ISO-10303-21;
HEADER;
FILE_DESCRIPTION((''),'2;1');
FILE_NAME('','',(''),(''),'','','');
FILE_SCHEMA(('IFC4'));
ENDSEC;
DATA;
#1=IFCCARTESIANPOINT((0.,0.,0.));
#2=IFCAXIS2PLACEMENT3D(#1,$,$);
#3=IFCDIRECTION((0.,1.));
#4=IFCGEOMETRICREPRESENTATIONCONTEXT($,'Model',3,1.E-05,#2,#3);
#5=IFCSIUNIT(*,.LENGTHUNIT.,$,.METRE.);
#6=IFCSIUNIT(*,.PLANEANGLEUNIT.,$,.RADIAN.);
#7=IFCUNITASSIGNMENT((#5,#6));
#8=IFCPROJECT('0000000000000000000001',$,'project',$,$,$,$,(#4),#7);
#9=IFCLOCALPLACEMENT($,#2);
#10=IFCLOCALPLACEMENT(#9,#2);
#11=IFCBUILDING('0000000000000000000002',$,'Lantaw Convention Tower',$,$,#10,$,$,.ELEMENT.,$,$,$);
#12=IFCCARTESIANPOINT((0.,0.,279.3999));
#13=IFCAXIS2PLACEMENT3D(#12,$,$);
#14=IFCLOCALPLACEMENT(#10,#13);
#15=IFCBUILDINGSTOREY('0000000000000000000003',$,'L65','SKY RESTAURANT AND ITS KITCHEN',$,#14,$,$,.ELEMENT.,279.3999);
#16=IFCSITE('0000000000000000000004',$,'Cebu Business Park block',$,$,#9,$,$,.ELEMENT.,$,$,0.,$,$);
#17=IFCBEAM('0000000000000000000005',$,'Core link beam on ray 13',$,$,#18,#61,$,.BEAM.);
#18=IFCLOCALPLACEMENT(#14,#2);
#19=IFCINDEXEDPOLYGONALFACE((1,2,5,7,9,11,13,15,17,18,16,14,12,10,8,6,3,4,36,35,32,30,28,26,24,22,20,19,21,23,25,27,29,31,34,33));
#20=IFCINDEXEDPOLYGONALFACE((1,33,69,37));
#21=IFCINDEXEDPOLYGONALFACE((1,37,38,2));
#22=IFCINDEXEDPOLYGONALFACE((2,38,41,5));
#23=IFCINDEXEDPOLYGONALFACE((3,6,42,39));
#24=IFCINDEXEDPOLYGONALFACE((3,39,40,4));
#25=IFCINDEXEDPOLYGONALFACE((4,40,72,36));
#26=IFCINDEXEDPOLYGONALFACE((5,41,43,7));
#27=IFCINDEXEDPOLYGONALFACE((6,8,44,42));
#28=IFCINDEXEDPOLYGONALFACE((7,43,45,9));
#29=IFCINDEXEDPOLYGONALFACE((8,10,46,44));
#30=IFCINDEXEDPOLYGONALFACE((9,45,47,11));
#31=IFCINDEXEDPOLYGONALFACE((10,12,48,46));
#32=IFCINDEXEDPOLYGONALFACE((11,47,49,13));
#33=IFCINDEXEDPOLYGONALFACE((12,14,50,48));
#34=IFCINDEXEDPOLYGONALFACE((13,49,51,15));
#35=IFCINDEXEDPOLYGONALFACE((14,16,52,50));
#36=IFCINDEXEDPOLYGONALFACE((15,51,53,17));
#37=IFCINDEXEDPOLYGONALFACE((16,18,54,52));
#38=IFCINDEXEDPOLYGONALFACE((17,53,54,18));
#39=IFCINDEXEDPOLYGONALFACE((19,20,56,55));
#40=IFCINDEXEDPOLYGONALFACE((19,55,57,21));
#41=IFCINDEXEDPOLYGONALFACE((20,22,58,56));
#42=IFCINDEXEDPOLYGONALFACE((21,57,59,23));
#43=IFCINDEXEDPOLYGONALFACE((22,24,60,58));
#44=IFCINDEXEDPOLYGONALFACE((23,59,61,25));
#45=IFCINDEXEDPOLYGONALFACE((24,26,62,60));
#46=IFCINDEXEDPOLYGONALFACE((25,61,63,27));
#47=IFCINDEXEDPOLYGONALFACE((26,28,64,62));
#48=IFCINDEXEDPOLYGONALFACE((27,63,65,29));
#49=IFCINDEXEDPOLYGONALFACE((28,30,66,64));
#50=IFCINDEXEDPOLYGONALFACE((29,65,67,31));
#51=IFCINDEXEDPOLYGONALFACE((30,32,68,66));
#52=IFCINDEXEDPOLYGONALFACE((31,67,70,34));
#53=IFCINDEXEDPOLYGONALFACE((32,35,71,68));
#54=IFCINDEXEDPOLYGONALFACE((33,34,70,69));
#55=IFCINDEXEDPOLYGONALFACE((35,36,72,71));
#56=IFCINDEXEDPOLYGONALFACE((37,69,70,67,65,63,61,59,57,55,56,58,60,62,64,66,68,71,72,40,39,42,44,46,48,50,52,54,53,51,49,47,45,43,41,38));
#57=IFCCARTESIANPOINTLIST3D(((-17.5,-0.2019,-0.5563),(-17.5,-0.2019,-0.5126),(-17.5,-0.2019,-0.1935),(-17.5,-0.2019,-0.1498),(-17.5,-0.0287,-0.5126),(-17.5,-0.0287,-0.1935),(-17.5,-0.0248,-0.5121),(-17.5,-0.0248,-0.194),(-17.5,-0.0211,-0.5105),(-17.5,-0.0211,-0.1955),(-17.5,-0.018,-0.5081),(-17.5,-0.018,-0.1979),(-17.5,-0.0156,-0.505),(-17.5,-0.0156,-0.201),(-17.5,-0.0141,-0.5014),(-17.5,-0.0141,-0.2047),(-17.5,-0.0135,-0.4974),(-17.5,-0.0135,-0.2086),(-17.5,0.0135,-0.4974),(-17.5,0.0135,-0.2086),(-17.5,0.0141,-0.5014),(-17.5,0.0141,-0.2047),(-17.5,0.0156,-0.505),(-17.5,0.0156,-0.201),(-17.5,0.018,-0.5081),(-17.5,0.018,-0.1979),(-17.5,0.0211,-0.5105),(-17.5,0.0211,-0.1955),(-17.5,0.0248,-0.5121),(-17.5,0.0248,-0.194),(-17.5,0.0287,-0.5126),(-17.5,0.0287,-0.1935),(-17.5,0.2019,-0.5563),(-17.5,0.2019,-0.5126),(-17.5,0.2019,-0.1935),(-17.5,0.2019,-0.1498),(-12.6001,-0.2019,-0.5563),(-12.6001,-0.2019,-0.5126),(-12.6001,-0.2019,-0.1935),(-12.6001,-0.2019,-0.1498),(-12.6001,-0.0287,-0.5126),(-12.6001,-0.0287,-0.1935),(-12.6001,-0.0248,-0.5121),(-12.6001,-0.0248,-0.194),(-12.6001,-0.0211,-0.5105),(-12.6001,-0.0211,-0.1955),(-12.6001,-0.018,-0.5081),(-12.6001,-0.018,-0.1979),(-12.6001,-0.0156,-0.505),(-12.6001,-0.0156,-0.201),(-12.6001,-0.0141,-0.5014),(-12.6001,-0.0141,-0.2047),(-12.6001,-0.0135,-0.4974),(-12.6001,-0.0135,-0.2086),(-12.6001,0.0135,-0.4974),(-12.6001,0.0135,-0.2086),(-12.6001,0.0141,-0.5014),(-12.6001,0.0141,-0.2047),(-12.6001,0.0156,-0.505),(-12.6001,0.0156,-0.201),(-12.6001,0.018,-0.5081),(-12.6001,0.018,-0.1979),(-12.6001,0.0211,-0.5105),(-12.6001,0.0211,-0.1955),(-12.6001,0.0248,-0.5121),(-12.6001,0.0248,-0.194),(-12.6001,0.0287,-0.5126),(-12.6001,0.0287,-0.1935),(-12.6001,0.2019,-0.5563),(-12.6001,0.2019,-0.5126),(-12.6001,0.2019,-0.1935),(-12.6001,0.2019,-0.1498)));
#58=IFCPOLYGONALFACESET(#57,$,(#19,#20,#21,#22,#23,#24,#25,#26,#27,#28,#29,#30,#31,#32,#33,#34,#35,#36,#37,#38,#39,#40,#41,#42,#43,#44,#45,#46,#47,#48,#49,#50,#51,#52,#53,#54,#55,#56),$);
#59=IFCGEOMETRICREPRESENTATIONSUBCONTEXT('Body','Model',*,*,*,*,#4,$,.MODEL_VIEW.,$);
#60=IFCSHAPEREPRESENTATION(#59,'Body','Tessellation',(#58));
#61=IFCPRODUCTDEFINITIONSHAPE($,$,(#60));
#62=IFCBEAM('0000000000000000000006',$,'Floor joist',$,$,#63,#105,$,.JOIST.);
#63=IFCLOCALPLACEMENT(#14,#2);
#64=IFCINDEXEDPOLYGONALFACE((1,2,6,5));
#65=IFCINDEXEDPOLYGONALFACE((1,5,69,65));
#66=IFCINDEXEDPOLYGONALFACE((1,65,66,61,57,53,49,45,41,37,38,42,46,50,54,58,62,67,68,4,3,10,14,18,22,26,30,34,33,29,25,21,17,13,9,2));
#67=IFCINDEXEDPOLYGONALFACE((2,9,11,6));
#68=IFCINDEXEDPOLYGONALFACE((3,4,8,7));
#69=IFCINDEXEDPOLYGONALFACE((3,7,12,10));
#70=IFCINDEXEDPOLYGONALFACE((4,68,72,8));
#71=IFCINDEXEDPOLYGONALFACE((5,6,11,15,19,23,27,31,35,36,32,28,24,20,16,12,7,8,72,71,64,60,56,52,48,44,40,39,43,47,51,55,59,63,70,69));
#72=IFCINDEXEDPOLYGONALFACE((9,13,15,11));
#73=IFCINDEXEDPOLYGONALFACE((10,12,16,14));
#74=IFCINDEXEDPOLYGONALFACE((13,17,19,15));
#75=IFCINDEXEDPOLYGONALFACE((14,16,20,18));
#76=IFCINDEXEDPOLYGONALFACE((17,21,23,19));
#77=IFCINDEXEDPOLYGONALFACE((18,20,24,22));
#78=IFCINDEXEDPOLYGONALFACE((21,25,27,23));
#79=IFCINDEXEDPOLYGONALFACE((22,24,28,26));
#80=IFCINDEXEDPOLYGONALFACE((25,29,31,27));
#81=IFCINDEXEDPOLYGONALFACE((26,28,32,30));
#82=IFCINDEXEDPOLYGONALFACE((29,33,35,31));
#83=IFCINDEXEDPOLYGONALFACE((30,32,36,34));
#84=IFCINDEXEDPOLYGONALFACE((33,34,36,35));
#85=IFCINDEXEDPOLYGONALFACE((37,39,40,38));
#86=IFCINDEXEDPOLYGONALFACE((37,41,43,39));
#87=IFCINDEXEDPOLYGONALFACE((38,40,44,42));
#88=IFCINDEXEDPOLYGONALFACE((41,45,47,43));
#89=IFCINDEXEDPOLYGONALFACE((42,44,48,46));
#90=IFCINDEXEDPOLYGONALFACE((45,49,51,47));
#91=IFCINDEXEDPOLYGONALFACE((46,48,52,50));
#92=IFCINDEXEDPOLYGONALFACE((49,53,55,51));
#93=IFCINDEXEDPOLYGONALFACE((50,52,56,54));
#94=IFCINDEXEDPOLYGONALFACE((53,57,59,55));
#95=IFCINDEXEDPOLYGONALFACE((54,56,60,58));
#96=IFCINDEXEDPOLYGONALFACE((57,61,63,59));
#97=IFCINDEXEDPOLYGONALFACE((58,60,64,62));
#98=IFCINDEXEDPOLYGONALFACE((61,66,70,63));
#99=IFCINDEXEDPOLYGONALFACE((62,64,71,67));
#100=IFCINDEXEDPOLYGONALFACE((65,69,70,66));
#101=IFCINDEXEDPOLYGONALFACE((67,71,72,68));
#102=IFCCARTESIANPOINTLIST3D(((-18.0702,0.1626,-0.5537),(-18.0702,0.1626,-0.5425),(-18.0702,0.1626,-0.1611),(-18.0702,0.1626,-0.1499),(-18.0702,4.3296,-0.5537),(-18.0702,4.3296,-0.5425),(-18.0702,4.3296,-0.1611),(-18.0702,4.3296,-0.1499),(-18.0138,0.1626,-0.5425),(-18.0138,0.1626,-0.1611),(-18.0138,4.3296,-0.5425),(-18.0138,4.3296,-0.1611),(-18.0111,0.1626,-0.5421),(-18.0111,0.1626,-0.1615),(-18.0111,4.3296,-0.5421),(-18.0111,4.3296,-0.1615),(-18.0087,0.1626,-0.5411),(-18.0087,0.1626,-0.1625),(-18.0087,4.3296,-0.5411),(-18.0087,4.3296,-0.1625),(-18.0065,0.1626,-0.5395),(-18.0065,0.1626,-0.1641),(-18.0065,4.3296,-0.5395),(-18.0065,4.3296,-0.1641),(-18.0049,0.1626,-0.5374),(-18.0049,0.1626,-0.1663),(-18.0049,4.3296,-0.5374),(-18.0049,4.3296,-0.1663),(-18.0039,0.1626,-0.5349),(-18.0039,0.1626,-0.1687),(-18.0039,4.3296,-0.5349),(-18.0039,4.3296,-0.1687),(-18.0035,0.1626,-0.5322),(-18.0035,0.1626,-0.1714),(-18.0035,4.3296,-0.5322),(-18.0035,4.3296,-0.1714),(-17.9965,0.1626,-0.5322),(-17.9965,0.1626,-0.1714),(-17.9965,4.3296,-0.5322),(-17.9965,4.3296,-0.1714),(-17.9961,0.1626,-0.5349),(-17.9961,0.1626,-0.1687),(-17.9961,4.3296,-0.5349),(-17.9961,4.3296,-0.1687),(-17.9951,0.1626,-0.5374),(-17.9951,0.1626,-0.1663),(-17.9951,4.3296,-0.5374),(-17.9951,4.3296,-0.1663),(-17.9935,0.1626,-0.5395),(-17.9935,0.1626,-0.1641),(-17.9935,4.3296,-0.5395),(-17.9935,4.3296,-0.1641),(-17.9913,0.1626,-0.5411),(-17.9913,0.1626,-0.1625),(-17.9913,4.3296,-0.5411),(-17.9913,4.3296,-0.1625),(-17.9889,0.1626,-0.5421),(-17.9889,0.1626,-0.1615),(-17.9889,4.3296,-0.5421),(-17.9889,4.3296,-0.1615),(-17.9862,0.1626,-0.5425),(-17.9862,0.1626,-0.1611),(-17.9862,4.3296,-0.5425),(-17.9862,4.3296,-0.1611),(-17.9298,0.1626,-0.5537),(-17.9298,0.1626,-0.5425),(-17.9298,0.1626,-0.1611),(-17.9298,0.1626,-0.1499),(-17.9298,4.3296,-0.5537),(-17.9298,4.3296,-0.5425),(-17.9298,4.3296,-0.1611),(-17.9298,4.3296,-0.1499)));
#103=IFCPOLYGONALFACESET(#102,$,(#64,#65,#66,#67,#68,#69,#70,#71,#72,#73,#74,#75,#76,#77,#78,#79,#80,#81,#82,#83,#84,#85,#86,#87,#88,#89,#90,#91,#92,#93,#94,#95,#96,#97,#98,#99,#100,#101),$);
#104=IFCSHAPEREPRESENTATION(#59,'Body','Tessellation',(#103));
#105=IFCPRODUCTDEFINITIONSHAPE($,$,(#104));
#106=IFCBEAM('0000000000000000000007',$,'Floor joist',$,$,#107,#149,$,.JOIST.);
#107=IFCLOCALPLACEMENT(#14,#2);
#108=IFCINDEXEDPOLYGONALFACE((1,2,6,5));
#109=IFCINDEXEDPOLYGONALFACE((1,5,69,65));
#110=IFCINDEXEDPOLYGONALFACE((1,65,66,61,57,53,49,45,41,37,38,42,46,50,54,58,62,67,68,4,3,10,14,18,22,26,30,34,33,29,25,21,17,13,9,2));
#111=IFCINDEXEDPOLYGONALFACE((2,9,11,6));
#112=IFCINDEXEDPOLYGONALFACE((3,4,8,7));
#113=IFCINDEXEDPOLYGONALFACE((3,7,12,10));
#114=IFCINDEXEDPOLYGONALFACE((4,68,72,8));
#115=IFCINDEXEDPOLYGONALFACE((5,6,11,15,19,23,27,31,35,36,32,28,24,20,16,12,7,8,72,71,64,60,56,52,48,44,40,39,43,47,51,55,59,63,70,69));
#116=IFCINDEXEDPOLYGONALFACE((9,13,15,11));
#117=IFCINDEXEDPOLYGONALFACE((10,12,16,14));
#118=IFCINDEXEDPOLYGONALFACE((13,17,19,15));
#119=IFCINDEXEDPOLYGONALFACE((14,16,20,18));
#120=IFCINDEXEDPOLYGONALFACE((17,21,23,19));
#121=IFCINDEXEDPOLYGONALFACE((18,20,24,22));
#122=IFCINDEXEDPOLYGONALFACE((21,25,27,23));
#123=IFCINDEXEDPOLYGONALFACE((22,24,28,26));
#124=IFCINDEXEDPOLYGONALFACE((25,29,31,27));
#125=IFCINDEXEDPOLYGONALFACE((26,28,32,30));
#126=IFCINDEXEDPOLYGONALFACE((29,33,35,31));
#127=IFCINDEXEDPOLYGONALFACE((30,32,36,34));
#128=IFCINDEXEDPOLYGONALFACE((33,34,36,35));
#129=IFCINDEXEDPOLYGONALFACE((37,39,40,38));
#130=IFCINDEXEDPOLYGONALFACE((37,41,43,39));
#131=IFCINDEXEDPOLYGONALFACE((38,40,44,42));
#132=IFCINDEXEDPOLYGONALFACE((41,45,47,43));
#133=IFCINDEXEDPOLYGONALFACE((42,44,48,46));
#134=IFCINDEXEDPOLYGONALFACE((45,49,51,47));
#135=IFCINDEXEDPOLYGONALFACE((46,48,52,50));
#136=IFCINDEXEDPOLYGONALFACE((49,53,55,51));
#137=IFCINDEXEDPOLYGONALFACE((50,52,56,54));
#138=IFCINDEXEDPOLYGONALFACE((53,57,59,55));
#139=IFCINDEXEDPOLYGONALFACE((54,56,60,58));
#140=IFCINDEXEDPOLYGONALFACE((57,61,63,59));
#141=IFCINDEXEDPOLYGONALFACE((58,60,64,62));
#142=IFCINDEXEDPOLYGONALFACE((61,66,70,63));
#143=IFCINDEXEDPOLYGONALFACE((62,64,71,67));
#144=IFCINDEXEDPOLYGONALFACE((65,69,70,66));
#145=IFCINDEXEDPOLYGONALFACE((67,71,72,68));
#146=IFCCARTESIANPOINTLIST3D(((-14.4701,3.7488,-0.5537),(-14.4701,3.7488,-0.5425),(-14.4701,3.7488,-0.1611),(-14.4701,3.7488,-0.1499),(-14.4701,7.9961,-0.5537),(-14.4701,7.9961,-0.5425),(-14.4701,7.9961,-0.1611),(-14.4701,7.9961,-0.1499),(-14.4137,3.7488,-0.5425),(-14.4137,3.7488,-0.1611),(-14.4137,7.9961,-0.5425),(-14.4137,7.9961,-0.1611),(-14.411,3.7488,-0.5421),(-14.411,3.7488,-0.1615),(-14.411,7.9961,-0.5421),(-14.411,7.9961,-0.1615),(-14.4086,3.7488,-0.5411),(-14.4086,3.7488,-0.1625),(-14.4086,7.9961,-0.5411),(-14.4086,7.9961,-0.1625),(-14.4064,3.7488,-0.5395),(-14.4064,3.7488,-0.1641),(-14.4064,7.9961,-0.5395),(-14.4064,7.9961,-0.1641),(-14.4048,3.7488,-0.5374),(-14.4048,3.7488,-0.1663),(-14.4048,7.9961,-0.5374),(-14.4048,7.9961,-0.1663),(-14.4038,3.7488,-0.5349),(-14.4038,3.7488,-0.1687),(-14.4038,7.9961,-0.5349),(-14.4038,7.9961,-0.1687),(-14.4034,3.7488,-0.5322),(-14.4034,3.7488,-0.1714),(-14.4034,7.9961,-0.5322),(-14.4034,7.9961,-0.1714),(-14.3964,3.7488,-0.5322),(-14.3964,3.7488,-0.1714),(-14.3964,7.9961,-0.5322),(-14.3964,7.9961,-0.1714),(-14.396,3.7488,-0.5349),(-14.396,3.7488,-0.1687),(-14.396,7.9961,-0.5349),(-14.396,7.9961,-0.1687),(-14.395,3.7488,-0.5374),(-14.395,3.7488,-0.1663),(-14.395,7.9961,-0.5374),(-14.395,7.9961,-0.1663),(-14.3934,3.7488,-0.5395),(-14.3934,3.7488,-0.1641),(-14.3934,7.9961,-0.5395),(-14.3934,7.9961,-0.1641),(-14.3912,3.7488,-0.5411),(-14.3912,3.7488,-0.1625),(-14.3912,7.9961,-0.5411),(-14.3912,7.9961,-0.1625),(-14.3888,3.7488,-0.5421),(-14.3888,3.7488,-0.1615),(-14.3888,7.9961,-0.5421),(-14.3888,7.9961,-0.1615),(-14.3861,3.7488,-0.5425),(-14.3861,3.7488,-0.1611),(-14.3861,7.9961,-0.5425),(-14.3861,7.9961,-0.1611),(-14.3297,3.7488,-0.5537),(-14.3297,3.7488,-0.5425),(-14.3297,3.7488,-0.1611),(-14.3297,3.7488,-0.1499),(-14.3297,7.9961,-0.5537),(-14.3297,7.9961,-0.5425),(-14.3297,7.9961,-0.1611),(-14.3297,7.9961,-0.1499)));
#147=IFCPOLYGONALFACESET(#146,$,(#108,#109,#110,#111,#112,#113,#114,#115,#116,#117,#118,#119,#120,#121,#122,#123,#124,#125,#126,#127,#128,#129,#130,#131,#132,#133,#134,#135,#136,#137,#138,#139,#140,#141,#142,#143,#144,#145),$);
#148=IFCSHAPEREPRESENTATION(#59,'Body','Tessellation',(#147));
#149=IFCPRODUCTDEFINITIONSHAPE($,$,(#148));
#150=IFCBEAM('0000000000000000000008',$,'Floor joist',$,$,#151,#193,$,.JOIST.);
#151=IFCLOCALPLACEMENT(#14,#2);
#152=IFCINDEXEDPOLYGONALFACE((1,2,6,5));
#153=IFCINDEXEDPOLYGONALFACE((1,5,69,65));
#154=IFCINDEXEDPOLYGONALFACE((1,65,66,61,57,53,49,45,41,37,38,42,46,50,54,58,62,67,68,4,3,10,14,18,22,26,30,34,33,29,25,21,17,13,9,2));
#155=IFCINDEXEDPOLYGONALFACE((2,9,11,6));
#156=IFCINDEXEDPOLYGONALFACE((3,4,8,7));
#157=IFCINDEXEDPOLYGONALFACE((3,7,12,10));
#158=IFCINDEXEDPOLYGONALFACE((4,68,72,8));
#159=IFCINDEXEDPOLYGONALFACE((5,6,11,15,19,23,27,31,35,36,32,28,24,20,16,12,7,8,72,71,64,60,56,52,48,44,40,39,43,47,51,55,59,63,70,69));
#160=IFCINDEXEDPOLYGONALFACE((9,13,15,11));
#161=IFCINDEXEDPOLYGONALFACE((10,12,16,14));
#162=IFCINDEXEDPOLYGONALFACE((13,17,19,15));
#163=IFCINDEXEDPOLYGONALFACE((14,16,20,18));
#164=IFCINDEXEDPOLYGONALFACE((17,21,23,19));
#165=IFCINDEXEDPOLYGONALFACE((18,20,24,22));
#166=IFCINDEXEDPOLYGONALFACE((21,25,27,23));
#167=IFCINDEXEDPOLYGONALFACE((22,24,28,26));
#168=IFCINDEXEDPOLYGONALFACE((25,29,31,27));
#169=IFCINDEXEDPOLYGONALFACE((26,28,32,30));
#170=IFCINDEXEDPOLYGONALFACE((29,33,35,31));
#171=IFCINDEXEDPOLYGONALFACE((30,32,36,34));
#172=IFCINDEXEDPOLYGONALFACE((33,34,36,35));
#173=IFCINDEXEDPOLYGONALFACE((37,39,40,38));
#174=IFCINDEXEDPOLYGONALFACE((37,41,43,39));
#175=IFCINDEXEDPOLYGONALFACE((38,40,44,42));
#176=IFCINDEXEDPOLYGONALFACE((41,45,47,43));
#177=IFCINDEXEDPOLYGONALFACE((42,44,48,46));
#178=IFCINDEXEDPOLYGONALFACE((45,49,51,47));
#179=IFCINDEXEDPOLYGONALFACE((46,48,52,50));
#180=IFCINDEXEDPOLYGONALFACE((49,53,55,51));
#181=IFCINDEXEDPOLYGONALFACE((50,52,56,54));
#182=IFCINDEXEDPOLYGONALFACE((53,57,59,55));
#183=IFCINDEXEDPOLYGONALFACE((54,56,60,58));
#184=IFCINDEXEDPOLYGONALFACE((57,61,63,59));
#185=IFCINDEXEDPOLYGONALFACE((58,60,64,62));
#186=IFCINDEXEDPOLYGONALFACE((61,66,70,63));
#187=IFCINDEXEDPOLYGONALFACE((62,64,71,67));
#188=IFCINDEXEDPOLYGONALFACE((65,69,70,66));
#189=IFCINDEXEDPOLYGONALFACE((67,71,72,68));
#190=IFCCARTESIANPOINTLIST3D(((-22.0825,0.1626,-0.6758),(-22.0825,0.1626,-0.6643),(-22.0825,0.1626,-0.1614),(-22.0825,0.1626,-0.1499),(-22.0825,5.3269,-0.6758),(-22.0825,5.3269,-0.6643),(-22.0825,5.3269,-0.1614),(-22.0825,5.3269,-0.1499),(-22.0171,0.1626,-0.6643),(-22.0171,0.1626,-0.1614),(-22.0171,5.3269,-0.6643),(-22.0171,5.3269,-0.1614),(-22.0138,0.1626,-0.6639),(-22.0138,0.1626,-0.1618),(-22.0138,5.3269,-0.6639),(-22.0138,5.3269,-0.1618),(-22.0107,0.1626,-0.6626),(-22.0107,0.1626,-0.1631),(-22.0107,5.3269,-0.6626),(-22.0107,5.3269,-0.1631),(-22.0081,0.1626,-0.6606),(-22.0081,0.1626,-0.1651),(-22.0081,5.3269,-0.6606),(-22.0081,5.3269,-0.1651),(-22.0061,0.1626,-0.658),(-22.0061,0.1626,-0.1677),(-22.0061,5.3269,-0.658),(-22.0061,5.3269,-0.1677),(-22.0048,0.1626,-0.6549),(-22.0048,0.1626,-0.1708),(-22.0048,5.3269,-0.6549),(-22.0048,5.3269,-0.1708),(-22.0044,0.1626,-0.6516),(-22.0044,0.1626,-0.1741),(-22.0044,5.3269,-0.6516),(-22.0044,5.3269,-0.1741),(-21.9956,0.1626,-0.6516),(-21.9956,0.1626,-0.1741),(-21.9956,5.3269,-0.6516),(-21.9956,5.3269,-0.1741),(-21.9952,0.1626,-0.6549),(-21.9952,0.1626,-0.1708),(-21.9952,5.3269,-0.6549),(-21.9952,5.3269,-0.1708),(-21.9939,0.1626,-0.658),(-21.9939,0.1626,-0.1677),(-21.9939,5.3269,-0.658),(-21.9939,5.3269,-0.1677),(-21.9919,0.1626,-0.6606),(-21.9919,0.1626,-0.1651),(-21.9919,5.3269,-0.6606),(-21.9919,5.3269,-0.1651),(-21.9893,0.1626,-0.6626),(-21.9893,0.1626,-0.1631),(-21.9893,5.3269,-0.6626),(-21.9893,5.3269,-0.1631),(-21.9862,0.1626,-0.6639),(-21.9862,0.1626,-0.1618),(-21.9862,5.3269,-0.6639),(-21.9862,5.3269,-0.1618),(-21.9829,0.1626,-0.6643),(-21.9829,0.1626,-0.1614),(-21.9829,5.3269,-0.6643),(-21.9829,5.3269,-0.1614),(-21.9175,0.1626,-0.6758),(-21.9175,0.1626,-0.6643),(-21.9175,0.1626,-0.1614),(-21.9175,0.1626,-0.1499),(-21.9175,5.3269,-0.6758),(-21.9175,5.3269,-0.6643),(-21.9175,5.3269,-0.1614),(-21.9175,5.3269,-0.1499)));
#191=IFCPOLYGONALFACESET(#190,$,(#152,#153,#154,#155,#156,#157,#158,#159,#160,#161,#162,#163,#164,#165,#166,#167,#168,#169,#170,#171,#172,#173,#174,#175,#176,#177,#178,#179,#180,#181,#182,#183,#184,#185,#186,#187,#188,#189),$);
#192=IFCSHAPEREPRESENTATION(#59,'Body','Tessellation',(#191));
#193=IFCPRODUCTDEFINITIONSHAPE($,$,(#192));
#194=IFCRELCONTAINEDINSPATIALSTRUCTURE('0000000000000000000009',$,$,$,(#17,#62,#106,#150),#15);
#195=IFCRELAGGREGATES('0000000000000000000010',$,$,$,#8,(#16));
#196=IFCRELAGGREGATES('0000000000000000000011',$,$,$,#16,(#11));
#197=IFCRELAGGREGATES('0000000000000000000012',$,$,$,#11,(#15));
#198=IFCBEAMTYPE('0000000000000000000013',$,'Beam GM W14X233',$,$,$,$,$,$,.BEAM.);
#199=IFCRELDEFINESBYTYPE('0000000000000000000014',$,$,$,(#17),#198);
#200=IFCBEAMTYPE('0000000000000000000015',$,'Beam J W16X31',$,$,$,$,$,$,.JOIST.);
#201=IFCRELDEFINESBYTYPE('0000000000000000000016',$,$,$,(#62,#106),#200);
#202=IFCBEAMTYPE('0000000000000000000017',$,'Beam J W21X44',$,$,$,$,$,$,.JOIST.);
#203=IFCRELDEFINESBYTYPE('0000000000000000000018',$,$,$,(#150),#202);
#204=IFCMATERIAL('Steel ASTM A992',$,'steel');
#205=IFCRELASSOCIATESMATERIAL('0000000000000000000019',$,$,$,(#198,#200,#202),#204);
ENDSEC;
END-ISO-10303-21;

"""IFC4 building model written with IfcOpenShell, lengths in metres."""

from ifc_helpers import new_model, si_unit, direction, frame, origin, origin_2d, place, context, subcontext, project, spatial, i_section, extrude, material, material_profile, profile_set, type_object, element, save


model = new_model("IFC4")

# Units and contexts
model_context = context("Model", 3, precision=1e-05, world=origin(), true_north=direction((0.0, 1.0)))
body_context = subcontext(model_context, "Body", "Model", "MODEL_VIEW")
ifc_project = project(units=[si_unit("LENGTHUNIT", "METRE"), si_unit("PLANEANGLEUNIT", "RADIAN")], contexts=[model_context])

# Site, building, storey
site_placement = place(None, origin())
site = spatial("IfcSite", under=ifc_project, at=site_placement, Name="Cebu Business Park block", CompositionType="ELEMENT", RefElevation=0.0)
building_placement = place(site_placement, origin())
building = spatial("IfcBuilding", under=site, at=building_placement, Name="Lantaw Convention Tower", CompositionType="ELEMENT")
storey_placement = place(building_placement, frame((0.0, 0.0, 279.3999)))
storey = spatial("IfcBuildingStorey", under=building, at=storey_placement, Name="L65", Description="SKY RESTAURANT AND ITS KITCHEN", CompositionType="ELEMENT", Elevation=279.3999)

# Beams
ifc_material_1 = material(Name="Steel ASTM A992", Category="steel")
ifc_material_profile_1 = material_profile(ifc_material_1, i_section(OverallWidth=0.4038, OverallDepth=0.4065, WebThickness=0.0271, FlangeThickness=0.0437, FilletRadius=0.0151, at=origin_2d()), Name="W14X233")
ifc_profile_set_1 = profile_set([ifc_material_profile_1], Name="Steel ASTM A992")
beam_type_1 = type_object("IfcBeamType", Name="Beam GM W14X233", PredefinedType="BEAM", material=ifc_profile_set_1)
beam_1_placement = place(storey_placement, frame((-12.6001, 0.0, -0.353), z_axis=(-1.0, 0.0, 0.0), x_axis=(0.0, -1.0, 0.0)))
element("IfcBeam", 1, at=beam_1_placement, inside=storey, type_object=beam_type_1, Name="Core link beam on ray 13", PredefinedType="BEAM", context=body_context, shape_type="SweptSolid", body=[
    extrude(i_section(OverallWidth=0.4038, OverallDepth=0.4065, WebThickness=0.0271, FlangeThickness=0.0437, FilletRadius=0.0151, at=origin_2d()), origin(), (0.0, 0.0, 1.0), 4.8999),
])
ifc_material_profile_2 = material_profile(ifc_material_1, i_section(OverallWidth=0.1404, OverallDepth=0.4038, WebThickness=0.0071, FlangeThickness=0.0112, FilletRadius=0.0103, at=origin_2d()), Name="W16X31")
ifc_profile_set_2 = profile_set([ifc_material_profile_2], Name="Steel ASTM A992")
beam_type_2 = type_object("IfcBeamType", Name="Beam J W16X31", PredefinedType="JOIST", material=ifc_profile_set_2)
beam_2_placement = place(storey_placement, frame((-18.0, 0.1626, -0.3518), z_axis=(0.0, 1.0, 0.0), x_axis=(-1.0, 0.0, 0.0)))
element("IfcBeam", 2, at=beam_2_placement, inside=storey, type_object=beam_type_2, Name="Floor joist", PredefinedType="JOIST", context=body_context, shape_type="SweptSolid", body=[
    extrude(i_section(OverallWidth=0.1404, OverallDepth=0.4038, WebThickness=0.0071, FlangeThickness=0.0112, FilletRadius=0.0103, at=origin_2d()), origin(), (0.0, 0.0, 1.0), 4.167),
])
beam_3_placement = place(storey_placement, frame((-14.3999, 3.7488, -0.3518), z_axis=(0.0, 1.0, 0.0), x_axis=(-1.0, 0.0, 0.0)))
element("IfcBeam", 3, at=beam_3_placement, inside=storey, type_object=beam_type_2, Name="Floor joist", PredefinedType="JOIST", context=body_context, shape_type="SweptSolid", body=[
    extrude(i_section(OverallWidth=0.1404, OverallDepth=0.4038, WebThickness=0.0071, FlangeThickness=0.0112, FilletRadius=0.0103, at=origin_2d()), origin(), (0.0, 0.0, 1.0), 4.2473),
])
ifc_material_profile_3 = material_profile(ifc_material_1, i_section(OverallWidth=0.165, OverallDepth=0.5259, WebThickness=0.0088, FlangeThickness=0.0115, FilletRadius=0.0127, at=origin_2d()), Name="W21X44")
ifc_profile_set_3 = profile_set([ifc_material_profile_3], Name="Steel ASTM A992")
beam_type_3 = type_object("IfcBeamType", Name="Beam J W21X44", PredefinedType="JOIST", material=ifc_profile_set_3)
beam_4_placement = place(storey_placement, frame((-22.0, 0.1626, -0.4128), z_axis=(0.0, 1.0, 0.0), x_axis=(-1.0, 0.0, 0.0)))
element("IfcBeam", 4, at=beam_4_placement, inside=storey, type_object=beam_type_3, Name="Floor joist", PredefinedType="JOIST", context=body_context, shape_type="SweptSolid", body=[
    extrude(i_section(OverallWidth=0.165, OverallDepth=0.5259, WebThickness=0.0088, FlangeThickness=0.0115, FilletRadius=0.0127, at=origin_2d()), origin(), (0.0, 0.0, 1.0), 5.1643),
])

save(model, "model.ifc")
